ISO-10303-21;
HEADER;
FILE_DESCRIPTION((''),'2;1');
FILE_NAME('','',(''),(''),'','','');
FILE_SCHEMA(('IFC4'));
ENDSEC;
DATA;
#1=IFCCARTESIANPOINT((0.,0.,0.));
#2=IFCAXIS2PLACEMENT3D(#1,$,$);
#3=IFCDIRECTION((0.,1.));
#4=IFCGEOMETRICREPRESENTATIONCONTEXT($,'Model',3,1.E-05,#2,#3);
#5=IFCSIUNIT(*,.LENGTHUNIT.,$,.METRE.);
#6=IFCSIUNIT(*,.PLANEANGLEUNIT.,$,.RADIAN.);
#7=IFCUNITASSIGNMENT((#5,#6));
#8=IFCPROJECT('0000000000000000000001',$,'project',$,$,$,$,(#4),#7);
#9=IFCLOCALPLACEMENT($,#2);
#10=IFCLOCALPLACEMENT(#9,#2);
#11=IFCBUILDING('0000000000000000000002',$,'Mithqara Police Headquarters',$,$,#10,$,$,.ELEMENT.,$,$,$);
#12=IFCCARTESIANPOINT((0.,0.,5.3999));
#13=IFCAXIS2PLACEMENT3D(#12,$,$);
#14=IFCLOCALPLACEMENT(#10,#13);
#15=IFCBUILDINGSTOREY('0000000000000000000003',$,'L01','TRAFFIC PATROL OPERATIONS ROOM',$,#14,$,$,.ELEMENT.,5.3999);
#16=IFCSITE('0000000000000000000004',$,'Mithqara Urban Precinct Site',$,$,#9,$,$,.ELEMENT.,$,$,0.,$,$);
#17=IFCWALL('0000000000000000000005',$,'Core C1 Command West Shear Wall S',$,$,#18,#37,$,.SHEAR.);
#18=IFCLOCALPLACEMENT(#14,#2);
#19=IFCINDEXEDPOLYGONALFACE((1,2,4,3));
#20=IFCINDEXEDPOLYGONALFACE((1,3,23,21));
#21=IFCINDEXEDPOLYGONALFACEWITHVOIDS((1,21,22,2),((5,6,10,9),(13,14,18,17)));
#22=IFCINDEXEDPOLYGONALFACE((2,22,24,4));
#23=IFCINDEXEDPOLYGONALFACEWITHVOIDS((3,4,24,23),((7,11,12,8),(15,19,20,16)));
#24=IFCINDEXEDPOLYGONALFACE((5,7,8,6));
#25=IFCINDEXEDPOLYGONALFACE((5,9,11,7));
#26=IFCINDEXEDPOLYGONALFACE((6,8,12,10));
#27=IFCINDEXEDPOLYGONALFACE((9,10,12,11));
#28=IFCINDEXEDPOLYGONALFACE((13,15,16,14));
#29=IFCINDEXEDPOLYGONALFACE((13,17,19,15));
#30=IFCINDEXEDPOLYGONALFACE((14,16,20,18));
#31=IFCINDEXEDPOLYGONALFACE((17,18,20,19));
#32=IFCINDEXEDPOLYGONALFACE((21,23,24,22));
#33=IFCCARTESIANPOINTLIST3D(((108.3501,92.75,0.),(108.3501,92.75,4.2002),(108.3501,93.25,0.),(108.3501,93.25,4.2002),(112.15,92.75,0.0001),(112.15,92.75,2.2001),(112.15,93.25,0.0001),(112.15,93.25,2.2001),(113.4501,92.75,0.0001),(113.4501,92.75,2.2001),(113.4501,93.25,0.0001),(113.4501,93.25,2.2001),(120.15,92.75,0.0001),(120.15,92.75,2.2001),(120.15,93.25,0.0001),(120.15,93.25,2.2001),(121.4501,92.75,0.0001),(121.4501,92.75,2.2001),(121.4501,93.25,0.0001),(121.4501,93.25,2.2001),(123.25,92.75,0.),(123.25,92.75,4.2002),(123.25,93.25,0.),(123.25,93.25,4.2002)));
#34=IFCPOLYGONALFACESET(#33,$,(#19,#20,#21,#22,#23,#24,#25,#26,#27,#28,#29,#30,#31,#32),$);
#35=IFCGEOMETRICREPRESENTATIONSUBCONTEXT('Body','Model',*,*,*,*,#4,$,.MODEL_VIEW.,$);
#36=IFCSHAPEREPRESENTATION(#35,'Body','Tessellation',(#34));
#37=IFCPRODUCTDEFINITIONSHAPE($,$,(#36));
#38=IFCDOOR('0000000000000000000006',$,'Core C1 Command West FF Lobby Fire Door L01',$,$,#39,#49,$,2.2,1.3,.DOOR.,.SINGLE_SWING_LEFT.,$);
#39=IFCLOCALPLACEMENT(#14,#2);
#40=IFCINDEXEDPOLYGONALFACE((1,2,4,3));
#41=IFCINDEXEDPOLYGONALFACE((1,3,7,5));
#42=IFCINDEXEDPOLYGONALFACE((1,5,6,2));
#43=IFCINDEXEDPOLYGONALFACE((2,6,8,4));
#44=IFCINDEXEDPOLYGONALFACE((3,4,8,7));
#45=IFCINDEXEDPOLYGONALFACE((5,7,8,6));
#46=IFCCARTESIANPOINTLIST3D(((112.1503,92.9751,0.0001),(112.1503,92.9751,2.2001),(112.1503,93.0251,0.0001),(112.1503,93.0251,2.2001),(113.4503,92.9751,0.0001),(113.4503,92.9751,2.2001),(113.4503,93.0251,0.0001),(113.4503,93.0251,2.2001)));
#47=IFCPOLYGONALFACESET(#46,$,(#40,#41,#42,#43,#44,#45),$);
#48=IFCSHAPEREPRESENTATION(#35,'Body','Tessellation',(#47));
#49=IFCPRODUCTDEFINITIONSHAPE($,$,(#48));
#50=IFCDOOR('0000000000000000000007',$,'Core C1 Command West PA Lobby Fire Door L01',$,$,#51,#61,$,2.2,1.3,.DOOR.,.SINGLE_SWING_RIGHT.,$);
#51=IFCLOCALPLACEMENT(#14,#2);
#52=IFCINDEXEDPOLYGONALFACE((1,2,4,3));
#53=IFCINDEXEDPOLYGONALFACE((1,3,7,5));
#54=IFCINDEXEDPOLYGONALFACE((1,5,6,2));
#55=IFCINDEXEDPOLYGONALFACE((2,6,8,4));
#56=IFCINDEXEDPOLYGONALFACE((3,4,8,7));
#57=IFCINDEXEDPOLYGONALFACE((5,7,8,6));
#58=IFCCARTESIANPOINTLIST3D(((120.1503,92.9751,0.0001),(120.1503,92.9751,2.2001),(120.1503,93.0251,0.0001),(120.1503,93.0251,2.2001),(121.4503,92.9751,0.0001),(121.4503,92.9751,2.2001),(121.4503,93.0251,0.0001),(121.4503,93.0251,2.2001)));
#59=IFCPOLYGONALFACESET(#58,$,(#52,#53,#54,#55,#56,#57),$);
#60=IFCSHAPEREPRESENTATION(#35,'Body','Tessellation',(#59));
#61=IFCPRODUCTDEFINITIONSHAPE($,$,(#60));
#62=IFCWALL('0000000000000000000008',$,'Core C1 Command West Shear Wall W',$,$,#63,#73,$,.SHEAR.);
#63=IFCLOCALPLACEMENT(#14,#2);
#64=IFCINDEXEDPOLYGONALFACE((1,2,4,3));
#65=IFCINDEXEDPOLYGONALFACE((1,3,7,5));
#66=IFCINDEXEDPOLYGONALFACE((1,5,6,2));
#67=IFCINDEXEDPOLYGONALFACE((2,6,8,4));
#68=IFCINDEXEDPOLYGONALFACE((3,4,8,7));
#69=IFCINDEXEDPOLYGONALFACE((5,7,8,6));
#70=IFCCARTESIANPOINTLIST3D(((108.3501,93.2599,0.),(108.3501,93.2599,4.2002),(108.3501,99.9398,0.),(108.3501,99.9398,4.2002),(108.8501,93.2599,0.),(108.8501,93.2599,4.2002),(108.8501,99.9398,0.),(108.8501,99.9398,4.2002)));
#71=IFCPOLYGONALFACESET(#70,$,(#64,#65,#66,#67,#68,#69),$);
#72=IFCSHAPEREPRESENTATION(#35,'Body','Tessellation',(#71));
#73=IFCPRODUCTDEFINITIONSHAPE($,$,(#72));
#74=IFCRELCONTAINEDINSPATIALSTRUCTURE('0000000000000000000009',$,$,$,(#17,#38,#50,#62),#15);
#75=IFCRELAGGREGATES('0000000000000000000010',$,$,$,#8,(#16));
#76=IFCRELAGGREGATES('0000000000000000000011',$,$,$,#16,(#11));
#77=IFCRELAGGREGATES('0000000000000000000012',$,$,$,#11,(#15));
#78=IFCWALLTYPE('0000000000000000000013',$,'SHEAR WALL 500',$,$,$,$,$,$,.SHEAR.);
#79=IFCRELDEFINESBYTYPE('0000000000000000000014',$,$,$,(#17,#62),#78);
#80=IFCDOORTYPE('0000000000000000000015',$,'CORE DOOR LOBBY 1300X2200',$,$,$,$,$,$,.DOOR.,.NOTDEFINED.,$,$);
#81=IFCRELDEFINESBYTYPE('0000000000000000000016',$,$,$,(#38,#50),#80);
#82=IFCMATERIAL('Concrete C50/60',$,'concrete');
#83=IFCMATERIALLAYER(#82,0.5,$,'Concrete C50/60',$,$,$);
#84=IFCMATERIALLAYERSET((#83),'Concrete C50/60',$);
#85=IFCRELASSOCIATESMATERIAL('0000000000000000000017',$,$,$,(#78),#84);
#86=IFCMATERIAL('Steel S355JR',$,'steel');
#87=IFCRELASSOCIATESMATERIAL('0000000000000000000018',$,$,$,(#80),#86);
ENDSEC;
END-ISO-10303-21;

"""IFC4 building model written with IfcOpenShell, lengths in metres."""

from ifc_helpers import new_model, si_unit, direction, frame, frame_2d, origin, place, context, subcontext, project, spatial, rectangle, extrude, material, layer, layer_set, type_object, element, fill, save


model = new_model("IFC4")

# Units and contexts
model_context = context("Model", 3, precision=1e-05, world=origin(), true_north=direction((0.0, 1.0)))
body_context = subcontext(model_context, "Body", "Model", "MODEL_VIEW")
ifc_project = project(units=[si_unit("LENGTHUNIT", "METRE"), si_unit("PLANEANGLEUNIT", "RADIAN")], contexts=[model_context])

# Site, building, storey
site_placement = place(None, origin())
site = spatial("IfcSite", under=ifc_project, at=site_placement, Name="Mithqara Urban Precinct Site", CompositionType="ELEMENT", RefElevation=0.0)
building_placement = place(site_placement, origin())
building = spatial("IfcBuilding", under=site, at=building_placement, Name="Mithqara Police Headquarters", CompositionType="ELEMENT")
storey_placement = place(building_placement, frame((0.0, 0.0, 5.3999)))
storey = spatial("IfcBuildingStorey", under=building, at=storey_placement, Name="L01", Description="TRAFFIC PATROL OPERATIONS ROOM", CompositionType="ELEMENT", Elevation=5.3999)

# Shared definitions
ifc_material_1 = material(Name="Concrete C50/60", Category="concrete")

# Shared definitions
ifc_material_2 = material(Name="Steel S355JR", Category="steel")

# Wall, openings, doors
ifc_layer_1 = layer(ifc_material_1, 0.5, Name="Concrete C50/60")
ifc_layer_set_1 = layer_set([ifc_layer_1], Name="Concrete C50/60")
wall_type_1 = type_object("IfcWallType", Name="SHEAR WALL 500", PredefinedType="SHEAR", material=ifc_layer_set_1)
wall_1_placement = place(storey_placement, frame((108.3501, 93.0, 0.0), z_axis=(0.0, 0.0, 1.0), x_axis=(1.0, 0.0, 0.0)))
wall_1 = element("IfcWall", 1, at=wall_1_placement, inside=storey, type_object=wall_type_1, Name="Core C1 Command West Shear Wall S", PredefinedType="SHEAR", context=body_context, shape_type="SweptSolid", body=[
    extrude(rectangle(XDim=14.8999, YDim=0.5, at=frame_2d((7.45, 0.0))), origin(), (0.0, 0.0, 1.0), 4.2002),
])
opening_1_placement = place(wall_1_placement, frame((3.8, 0.0, 0.0)))
opening_1 = element("IfcOpeningElement", 2, at=opening_1_placement, cuts=wall_1, PredefinedType="OPENING", context=body_context, shape_type="SweptSolid", body=[
    extrude(rectangle(XDim=1.3, YDim=2.2, at=frame_2d((0.6499, 1.1001))), frame((0.0, 0.26, 0.0), z_axis=(0.0, -1.0, 0.0), x_axis=(1.0, 0.0, 0.0)), (0.0, 0.0, 1.0), 0.52),
])
opening_2_placement = place(wall_1_placement, frame((11.8, 0.0, 0.0)))
opening_2 = element("IfcOpeningElement", 3, at=opening_2_placement, cuts=wall_1, PredefinedType="OPENING", context=body_context, shape_type="SweptSolid", body=[
    extrude(rectangle(XDim=1.3, YDim=2.2, at=frame_2d((0.6499, 1.1001))), frame((0.0, 0.26, 0.0), z_axis=(0.0, -1.0, 0.0), x_axis=(1.0, 0.0, 0.0)), (0.0, 0.0, 1.0), 0.52),
])
door_type_1 = type_object("IfcDoorType", Name="CORE DOOR LOBBY 1300X2200", OperationType="NOTDEFINED", PredefinedType="DOOR", material=ifc_material_2)
door_1_placement = place(opening_1_placement, frame((1.3, 0.0, 0.0), z_axis=(0.0, 0.0, 1.0), x_axis=(-1.0, 0.0, 0.0)))
door_1 = element("IfcDoor", 4, at=door_1_placement, inside=storey, type_object=door_type_1, Name="Core C1 Command West FF Lobby Fire Door L01", OperationType="SINGLE_SWING_LEFT", OverallHeight=2.2, OverallWidth=1.3, PredefinedType="DOOR", context=body_context, shape_type="SweptSolid", body=[
    extrude(rectangle(XDim=1.3, YDim=2.2, at=frame_2d((0.6499, 1.1001))), frame((0.0, 0.0249, 0.0), z_axis=(0.0, -1.0, 0.0), x_axis=(1.0, 0.0, 0.0)), (0.0, 0.0, 1.0), 0.05),
])
fill(opening_1, door_1)
door_2_placement = place(opening_2_placement, frame((1.3, 0.0, 0.0), z_axis=(0.0, 0.0, 1.0), x_axis=(-1.0, 0.0, 0.0)))
door_2 = element("IfcDoor", 5, at=door_2_placement, inside=storey, type_object=door_type_1, Name="Core C1 Command West PA Lobby Fire Door L01", OperationType="SINGLE_SWING_RIGHT", OverallHeight=2.2, OverallWidth=1.3, PredefinedType="DOOR", context=body_context, shape_type="SweptSolid", body=[
    extrude(rectangle(XDim=1.3, YDim=2.2, at=frame_2d((0.6499, 1.1001))), frame((0.0, 0.0249, 0.0), z_axis=(0.0, -1.0, 0.0), x_axis=(1.0, 0.0, 0.0)), (0.0, 0.0, 1.0), 0.05),
])
fill(opening_2, door_2)

# Wall
wall_2_placement = place(storey_placement, frame((108.6001, 93.26, 0.0), z_axis=(0.0, 0.0, 1.0), x_axis=(0.0, 1.0, 0.0)))
element("IfcWall", 6, at=wall_2_placement, inside=storey, type_object=wall_type_1, Name="Core C1 Command West Shear Wall W", PredefinedType="SHEAR", context=body_context, shape_type="SweptSolid", body=[
    extrude(rectangle(XDim=6.6799, YDim=0.5, at=frame_2d((3.3398, 0.0))), origin(), (0.0, 0.0, 1.0), 4.2002),
])

save(model, "model.ifc")
